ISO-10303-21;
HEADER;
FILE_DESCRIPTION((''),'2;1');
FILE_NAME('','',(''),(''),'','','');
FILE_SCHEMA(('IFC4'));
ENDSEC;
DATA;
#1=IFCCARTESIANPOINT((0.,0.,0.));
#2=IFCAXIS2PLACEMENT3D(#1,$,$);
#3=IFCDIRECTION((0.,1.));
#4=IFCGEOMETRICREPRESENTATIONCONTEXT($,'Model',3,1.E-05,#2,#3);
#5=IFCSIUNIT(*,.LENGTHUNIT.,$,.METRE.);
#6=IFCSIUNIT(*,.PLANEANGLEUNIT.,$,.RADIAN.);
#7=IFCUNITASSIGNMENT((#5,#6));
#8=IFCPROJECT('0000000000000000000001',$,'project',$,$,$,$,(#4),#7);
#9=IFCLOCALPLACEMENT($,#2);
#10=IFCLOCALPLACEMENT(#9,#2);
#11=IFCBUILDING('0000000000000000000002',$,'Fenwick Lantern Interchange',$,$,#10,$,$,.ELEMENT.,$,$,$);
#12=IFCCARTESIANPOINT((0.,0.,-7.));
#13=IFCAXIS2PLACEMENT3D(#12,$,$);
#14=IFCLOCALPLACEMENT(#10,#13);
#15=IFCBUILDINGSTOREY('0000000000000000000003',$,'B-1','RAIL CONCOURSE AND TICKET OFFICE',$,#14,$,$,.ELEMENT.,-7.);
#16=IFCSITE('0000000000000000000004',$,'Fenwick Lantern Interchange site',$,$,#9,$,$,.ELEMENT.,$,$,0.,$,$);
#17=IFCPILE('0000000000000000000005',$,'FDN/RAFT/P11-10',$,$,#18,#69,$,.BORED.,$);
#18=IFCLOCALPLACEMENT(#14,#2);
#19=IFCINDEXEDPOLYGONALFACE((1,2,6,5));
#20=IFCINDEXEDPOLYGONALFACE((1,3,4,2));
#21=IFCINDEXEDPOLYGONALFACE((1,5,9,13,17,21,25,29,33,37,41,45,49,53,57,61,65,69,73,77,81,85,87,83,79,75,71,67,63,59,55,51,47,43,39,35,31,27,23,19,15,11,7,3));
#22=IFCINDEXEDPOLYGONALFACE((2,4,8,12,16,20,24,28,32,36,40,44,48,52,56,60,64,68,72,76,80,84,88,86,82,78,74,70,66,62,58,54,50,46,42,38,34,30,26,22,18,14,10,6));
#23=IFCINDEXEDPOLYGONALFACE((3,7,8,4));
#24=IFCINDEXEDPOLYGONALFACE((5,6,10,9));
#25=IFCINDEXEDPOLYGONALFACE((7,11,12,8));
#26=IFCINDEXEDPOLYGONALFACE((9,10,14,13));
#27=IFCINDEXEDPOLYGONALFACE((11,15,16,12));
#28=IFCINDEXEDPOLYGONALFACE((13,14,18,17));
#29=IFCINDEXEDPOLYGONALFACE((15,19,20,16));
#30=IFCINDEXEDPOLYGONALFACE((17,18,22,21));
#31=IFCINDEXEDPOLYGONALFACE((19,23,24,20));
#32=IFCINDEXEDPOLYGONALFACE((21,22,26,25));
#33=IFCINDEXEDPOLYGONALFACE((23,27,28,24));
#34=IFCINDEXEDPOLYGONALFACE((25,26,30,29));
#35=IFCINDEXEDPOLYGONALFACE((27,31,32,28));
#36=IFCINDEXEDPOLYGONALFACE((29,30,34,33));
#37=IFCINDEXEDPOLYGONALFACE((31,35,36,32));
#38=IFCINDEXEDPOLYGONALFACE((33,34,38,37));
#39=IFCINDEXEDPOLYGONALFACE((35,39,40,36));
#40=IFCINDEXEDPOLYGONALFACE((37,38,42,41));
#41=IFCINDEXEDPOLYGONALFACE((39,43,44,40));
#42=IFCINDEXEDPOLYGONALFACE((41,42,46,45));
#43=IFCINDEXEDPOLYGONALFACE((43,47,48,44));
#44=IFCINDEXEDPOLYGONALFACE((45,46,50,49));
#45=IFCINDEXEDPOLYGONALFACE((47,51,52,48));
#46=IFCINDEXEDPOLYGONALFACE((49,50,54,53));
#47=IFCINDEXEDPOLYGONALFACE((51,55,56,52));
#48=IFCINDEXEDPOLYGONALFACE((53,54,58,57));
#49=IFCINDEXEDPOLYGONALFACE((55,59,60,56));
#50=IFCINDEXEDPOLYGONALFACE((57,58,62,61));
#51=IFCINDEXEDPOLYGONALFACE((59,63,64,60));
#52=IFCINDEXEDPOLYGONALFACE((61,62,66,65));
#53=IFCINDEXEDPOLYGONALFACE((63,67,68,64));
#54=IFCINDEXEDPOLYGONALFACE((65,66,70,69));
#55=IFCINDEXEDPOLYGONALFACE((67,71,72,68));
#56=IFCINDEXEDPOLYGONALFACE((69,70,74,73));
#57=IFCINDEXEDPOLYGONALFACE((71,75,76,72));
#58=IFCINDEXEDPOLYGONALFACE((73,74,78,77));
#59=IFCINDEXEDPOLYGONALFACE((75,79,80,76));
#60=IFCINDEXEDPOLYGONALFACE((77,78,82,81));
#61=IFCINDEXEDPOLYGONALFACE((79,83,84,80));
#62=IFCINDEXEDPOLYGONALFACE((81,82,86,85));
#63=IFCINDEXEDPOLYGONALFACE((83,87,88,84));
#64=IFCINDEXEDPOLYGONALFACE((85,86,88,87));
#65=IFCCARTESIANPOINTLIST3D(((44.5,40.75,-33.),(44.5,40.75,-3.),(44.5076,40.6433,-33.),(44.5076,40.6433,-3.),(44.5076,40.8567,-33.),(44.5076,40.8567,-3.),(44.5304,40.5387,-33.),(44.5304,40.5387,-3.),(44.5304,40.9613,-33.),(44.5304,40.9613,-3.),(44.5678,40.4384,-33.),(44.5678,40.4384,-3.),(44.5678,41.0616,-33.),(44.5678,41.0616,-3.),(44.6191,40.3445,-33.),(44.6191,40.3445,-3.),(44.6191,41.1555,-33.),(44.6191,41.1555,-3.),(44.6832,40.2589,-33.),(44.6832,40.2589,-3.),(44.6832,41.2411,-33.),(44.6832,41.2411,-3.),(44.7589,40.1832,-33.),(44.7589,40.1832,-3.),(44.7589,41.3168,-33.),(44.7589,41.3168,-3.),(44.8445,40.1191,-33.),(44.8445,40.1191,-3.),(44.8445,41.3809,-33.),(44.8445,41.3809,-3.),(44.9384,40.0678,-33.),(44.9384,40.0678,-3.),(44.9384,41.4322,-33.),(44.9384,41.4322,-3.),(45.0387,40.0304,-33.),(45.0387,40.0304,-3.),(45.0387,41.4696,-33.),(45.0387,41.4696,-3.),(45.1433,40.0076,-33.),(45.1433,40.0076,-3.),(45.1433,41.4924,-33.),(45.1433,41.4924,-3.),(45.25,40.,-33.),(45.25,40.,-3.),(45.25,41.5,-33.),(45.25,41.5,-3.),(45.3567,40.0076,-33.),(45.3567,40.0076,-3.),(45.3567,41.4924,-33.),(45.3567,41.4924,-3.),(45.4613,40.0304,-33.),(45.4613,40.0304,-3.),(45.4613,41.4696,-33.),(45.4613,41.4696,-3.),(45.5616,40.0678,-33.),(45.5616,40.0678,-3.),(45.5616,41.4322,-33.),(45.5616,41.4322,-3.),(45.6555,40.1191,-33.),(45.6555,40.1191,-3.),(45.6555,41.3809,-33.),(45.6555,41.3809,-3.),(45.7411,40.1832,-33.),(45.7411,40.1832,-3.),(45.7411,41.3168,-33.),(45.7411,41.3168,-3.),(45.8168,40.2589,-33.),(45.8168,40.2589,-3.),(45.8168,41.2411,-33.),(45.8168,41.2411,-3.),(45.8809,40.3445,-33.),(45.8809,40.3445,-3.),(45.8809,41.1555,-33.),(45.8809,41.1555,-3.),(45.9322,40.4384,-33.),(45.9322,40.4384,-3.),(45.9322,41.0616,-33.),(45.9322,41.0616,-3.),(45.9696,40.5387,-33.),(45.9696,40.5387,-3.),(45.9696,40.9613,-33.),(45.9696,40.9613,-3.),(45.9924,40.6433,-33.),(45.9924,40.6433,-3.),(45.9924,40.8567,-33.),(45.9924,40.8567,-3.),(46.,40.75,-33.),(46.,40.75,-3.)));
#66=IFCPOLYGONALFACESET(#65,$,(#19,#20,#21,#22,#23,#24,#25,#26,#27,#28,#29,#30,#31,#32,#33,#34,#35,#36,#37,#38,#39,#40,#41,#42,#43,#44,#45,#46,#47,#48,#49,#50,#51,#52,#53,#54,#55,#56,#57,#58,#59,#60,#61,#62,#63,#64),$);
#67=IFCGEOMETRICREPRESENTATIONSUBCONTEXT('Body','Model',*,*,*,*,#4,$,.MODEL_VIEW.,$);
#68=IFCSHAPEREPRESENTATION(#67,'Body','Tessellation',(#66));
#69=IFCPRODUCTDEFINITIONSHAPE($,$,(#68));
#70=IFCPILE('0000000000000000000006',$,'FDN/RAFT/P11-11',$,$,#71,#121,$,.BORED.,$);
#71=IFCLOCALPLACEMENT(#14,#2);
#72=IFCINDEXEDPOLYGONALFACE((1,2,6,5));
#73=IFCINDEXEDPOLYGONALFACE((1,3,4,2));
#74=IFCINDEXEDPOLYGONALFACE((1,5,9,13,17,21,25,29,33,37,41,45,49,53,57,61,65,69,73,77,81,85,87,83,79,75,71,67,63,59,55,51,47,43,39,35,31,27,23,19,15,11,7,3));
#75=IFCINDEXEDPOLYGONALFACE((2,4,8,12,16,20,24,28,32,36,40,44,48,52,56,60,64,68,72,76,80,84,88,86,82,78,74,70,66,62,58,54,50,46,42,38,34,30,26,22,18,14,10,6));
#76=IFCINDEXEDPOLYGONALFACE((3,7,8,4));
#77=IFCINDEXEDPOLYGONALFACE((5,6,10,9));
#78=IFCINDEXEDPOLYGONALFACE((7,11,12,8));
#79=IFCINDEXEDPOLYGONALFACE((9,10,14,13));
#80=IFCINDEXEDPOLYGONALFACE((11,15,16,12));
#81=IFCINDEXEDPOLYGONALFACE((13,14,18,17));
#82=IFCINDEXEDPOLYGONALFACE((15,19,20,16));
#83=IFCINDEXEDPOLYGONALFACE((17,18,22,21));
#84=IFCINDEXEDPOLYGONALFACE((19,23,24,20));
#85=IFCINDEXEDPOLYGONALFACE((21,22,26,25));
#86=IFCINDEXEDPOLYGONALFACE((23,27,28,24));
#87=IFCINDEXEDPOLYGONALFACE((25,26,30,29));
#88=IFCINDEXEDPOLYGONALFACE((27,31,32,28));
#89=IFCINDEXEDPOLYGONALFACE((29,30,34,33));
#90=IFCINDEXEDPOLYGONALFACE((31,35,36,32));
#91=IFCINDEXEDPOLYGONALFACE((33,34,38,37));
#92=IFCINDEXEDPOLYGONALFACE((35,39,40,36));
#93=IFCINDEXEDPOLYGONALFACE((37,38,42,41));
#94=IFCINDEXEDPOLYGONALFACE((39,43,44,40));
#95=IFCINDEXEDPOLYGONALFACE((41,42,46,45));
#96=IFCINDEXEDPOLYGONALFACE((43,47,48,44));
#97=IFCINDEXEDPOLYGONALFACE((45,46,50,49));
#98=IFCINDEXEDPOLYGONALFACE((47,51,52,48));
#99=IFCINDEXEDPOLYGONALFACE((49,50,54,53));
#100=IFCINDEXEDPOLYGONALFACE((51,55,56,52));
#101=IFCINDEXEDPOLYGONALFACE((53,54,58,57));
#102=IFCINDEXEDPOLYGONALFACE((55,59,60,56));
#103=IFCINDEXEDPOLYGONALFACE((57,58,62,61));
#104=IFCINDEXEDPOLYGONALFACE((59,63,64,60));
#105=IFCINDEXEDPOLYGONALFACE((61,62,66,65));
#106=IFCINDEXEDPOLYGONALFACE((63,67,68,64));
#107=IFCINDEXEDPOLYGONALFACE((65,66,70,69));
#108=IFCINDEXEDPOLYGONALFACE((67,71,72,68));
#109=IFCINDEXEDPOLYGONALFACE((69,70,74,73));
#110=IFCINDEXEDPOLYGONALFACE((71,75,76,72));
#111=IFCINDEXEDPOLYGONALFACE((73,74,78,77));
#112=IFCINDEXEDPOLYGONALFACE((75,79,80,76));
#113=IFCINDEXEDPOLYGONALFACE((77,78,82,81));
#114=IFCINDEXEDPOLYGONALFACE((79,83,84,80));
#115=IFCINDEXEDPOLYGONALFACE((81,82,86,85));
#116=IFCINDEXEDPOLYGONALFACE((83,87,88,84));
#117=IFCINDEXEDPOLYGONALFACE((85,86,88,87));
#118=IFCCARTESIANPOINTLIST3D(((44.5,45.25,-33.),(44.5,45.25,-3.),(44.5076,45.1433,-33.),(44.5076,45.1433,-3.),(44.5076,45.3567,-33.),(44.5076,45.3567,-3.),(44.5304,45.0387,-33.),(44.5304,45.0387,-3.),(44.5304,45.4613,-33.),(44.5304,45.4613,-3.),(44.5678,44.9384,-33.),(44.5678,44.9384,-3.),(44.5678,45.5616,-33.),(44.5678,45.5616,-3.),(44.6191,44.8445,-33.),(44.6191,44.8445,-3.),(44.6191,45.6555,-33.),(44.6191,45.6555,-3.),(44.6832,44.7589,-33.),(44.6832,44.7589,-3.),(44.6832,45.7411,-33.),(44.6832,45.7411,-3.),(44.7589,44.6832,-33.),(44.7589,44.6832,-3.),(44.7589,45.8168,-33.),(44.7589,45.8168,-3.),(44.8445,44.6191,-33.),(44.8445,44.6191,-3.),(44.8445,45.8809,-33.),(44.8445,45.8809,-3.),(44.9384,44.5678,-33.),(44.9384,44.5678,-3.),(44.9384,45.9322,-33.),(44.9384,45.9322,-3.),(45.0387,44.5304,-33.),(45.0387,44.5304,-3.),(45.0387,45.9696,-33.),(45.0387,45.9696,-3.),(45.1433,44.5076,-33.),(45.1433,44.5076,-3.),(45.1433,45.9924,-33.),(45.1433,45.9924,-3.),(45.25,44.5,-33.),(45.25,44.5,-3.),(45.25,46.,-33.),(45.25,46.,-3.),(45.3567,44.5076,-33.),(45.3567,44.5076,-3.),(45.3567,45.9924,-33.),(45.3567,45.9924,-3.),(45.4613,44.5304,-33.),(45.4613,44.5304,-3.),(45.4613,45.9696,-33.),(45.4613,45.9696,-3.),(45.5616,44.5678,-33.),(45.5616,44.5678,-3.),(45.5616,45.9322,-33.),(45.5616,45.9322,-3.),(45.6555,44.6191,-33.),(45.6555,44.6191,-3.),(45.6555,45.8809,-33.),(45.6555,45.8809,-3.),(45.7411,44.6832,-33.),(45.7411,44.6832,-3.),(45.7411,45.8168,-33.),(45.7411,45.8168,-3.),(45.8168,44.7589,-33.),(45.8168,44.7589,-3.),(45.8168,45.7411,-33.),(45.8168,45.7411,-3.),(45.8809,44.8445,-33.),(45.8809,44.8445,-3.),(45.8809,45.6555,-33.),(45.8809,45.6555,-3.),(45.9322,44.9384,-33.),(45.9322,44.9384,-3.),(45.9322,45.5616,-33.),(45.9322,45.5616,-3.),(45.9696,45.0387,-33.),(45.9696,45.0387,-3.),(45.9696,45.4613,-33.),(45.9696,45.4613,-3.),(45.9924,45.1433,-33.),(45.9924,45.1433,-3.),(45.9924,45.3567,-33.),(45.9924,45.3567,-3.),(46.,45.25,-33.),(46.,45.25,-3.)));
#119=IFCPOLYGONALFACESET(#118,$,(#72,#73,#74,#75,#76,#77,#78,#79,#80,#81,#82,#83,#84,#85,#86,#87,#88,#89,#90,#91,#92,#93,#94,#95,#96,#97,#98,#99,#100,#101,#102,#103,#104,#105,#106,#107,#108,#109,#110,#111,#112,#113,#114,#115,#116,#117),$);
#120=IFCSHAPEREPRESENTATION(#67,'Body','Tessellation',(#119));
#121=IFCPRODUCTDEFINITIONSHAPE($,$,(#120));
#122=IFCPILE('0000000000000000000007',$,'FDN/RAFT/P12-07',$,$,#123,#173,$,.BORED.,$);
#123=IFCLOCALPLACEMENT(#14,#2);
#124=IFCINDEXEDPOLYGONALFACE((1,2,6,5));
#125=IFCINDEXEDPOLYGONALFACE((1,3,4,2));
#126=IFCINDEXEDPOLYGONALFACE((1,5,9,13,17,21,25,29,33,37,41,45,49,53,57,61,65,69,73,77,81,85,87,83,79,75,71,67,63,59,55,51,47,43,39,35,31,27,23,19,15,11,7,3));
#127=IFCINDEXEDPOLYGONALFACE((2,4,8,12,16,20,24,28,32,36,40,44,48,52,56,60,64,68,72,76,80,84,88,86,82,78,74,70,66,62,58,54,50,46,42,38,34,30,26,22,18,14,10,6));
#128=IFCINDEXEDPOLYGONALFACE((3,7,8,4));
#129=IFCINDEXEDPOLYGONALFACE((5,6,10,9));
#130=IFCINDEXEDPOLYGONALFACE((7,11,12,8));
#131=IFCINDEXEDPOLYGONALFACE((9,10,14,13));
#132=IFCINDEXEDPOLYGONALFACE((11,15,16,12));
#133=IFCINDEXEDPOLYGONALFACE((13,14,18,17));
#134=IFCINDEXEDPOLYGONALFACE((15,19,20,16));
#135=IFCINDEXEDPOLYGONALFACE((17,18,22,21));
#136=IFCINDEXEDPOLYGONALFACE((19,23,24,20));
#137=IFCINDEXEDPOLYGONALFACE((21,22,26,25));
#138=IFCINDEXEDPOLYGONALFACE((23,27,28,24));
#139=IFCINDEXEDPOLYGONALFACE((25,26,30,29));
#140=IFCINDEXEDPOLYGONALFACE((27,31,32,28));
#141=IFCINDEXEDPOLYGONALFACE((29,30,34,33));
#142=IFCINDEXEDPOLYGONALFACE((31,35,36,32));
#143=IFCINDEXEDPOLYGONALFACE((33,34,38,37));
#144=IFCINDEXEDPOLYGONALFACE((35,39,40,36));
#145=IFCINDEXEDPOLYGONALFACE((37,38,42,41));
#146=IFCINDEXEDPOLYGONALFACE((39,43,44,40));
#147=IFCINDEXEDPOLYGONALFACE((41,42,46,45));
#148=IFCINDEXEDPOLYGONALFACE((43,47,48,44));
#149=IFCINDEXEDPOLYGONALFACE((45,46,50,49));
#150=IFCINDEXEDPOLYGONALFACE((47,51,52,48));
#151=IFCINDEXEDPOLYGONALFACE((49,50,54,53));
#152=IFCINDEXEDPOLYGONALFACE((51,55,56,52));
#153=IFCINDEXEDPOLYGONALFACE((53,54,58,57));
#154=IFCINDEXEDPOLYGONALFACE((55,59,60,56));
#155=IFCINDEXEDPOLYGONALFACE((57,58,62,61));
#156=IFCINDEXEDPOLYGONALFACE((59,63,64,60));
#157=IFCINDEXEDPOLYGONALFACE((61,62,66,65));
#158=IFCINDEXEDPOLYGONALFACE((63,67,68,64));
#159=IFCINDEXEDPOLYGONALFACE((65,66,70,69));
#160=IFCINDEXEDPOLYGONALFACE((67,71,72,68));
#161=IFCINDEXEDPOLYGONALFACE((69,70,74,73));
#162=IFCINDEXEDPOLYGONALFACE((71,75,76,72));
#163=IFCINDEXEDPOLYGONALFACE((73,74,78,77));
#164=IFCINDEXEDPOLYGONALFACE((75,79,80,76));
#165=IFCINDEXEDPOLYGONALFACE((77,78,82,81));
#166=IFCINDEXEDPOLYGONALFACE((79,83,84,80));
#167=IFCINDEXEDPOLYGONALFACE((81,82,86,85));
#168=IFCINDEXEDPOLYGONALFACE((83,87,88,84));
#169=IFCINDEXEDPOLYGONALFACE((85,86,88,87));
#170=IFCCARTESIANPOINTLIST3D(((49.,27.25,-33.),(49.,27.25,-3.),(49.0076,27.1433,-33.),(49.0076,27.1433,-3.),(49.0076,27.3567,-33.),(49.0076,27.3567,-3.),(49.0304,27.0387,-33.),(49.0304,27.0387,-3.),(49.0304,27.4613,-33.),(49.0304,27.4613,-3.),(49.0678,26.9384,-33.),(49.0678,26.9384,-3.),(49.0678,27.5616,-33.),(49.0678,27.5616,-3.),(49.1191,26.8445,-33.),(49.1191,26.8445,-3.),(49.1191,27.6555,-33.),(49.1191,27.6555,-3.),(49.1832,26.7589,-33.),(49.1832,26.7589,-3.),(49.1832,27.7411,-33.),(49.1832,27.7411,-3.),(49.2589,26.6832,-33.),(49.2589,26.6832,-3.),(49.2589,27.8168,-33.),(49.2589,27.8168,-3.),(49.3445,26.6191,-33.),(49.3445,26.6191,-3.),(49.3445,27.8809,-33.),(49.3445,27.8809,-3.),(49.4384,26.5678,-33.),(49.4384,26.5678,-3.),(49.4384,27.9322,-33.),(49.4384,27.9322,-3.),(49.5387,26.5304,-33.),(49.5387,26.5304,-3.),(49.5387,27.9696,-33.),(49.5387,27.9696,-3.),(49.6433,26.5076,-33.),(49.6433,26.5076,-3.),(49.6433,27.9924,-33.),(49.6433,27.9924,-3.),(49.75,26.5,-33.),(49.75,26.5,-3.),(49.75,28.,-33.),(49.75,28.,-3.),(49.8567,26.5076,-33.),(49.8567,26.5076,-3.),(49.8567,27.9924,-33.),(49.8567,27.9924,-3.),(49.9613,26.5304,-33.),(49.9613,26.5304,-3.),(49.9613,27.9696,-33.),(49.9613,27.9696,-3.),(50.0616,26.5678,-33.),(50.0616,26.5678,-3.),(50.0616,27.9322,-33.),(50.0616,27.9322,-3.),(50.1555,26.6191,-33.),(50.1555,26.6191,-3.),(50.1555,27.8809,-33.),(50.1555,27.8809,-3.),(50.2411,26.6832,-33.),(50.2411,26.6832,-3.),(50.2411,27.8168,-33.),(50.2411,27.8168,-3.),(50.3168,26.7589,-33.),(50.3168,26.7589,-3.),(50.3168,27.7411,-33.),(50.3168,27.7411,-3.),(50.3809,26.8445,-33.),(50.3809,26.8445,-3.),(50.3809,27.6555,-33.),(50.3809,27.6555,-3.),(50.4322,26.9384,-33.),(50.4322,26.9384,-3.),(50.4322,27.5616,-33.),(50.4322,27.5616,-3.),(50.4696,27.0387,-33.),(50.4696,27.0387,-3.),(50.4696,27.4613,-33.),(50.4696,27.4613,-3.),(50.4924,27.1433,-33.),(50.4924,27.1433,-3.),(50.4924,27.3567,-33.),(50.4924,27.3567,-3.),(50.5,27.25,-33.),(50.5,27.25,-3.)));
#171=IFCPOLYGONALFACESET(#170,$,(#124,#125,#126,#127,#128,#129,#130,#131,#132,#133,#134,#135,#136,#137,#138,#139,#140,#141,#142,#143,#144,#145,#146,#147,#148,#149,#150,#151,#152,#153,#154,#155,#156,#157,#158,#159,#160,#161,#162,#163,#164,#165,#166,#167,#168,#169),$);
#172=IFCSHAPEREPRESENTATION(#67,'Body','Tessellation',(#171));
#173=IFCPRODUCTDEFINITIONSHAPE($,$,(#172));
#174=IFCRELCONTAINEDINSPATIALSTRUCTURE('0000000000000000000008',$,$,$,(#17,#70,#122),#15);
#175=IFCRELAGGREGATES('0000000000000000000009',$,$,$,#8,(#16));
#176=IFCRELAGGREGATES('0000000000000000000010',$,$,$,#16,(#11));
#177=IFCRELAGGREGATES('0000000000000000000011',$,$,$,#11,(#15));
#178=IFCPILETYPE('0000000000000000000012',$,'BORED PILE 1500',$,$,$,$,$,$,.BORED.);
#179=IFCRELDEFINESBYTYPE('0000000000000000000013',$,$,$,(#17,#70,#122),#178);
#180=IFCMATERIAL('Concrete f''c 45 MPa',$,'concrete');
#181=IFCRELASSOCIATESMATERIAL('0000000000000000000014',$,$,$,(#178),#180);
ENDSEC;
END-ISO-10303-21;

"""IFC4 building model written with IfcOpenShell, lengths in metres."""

from ifc_helpers import new_model, si_unit, direction, frame, origin, origin_2d, place, context, subcontext, project, spatial, circle, extrude, material, type_object, element, save


model = new_model("IFC4")

# Units and contexts
model_context = context("Model", 3, precision=1e-05, world=origin(), true_north=direction((0.0, 1.0)))
body_context = subcontext(model_context, "Body", "Model", "MODEL_VIEW")
ifc_project = project(units=[si_unit("LENGTHUNIT", "METRE"), si_unit("PLANEANGLEUNIT", "RADIAN")], contexts=[model_context])

# Site, building, storey
site_placement = place(None, origin())
site = spatial("IfcSite", under=ifc_project, at=site_placement, Name="Fenwick Lantern Interchange site", CompositionType="ELEMENT", RefElevation=0.0)
building_placement = place(site_placement, origin())
building = spatial("IfcBuilding", under=site, at=building_placement, Name="Fenwick Lantern Interchange", CompositionType="ELEMENT")
storey_placement = place(building_placement, frame((0.0, 0.0, -7.0)))
storey = spatial("IfcBuildingStorey", under=building, at=storey_placement, Name="B-1", Description="RAIL CONCOURSE AND TICKET OFFICE", CompositionType="ELEMENT", Elevation=-7.0)

# Piles
ifc_material_1 = material(Name="Concrete f'c 45 MPa", Category="concrete")
pile_type_1 = type_object("IfcPileType", Name="BORED PILE 1500", PredefinedType="BORED", material=ifc_material_1)
for number, where, z_axis, x_axis, name in (
    (1, (45.25, 40.75, -3.0), (0.0, 0.0, -1.0), (1.0, 0.0, 0.0), "FDN/RAFT/P11-10"),
    (2, (45.25, 45.25, -3.0), (0.0, 0.0, -1.0), (1.0, 0.0, 0.0), "FDN/RAFT/P11-11"),
    (3, (49.75, 27.25, -3.0), (0.0, 0.0, -1.0), (1.0, 0.0, 0.0), "FDN/RAFT/P12-07"),
):
    element("IfcPile", number, at=place(storey_placement, frame(where, z_axis=z_axis, x_axis=x_axis)), inside=storey, type_object=pile_type_1, Name=name, PredefinedType="BORED", context=body_context, shape_type="SweptSolid", body=[
        extrude(circle(Radius=0.75, at=origin_2d()), origin(), (0.0, 0.0, 1.0), 30.0),
    ])

save(model, "model.ifc")
